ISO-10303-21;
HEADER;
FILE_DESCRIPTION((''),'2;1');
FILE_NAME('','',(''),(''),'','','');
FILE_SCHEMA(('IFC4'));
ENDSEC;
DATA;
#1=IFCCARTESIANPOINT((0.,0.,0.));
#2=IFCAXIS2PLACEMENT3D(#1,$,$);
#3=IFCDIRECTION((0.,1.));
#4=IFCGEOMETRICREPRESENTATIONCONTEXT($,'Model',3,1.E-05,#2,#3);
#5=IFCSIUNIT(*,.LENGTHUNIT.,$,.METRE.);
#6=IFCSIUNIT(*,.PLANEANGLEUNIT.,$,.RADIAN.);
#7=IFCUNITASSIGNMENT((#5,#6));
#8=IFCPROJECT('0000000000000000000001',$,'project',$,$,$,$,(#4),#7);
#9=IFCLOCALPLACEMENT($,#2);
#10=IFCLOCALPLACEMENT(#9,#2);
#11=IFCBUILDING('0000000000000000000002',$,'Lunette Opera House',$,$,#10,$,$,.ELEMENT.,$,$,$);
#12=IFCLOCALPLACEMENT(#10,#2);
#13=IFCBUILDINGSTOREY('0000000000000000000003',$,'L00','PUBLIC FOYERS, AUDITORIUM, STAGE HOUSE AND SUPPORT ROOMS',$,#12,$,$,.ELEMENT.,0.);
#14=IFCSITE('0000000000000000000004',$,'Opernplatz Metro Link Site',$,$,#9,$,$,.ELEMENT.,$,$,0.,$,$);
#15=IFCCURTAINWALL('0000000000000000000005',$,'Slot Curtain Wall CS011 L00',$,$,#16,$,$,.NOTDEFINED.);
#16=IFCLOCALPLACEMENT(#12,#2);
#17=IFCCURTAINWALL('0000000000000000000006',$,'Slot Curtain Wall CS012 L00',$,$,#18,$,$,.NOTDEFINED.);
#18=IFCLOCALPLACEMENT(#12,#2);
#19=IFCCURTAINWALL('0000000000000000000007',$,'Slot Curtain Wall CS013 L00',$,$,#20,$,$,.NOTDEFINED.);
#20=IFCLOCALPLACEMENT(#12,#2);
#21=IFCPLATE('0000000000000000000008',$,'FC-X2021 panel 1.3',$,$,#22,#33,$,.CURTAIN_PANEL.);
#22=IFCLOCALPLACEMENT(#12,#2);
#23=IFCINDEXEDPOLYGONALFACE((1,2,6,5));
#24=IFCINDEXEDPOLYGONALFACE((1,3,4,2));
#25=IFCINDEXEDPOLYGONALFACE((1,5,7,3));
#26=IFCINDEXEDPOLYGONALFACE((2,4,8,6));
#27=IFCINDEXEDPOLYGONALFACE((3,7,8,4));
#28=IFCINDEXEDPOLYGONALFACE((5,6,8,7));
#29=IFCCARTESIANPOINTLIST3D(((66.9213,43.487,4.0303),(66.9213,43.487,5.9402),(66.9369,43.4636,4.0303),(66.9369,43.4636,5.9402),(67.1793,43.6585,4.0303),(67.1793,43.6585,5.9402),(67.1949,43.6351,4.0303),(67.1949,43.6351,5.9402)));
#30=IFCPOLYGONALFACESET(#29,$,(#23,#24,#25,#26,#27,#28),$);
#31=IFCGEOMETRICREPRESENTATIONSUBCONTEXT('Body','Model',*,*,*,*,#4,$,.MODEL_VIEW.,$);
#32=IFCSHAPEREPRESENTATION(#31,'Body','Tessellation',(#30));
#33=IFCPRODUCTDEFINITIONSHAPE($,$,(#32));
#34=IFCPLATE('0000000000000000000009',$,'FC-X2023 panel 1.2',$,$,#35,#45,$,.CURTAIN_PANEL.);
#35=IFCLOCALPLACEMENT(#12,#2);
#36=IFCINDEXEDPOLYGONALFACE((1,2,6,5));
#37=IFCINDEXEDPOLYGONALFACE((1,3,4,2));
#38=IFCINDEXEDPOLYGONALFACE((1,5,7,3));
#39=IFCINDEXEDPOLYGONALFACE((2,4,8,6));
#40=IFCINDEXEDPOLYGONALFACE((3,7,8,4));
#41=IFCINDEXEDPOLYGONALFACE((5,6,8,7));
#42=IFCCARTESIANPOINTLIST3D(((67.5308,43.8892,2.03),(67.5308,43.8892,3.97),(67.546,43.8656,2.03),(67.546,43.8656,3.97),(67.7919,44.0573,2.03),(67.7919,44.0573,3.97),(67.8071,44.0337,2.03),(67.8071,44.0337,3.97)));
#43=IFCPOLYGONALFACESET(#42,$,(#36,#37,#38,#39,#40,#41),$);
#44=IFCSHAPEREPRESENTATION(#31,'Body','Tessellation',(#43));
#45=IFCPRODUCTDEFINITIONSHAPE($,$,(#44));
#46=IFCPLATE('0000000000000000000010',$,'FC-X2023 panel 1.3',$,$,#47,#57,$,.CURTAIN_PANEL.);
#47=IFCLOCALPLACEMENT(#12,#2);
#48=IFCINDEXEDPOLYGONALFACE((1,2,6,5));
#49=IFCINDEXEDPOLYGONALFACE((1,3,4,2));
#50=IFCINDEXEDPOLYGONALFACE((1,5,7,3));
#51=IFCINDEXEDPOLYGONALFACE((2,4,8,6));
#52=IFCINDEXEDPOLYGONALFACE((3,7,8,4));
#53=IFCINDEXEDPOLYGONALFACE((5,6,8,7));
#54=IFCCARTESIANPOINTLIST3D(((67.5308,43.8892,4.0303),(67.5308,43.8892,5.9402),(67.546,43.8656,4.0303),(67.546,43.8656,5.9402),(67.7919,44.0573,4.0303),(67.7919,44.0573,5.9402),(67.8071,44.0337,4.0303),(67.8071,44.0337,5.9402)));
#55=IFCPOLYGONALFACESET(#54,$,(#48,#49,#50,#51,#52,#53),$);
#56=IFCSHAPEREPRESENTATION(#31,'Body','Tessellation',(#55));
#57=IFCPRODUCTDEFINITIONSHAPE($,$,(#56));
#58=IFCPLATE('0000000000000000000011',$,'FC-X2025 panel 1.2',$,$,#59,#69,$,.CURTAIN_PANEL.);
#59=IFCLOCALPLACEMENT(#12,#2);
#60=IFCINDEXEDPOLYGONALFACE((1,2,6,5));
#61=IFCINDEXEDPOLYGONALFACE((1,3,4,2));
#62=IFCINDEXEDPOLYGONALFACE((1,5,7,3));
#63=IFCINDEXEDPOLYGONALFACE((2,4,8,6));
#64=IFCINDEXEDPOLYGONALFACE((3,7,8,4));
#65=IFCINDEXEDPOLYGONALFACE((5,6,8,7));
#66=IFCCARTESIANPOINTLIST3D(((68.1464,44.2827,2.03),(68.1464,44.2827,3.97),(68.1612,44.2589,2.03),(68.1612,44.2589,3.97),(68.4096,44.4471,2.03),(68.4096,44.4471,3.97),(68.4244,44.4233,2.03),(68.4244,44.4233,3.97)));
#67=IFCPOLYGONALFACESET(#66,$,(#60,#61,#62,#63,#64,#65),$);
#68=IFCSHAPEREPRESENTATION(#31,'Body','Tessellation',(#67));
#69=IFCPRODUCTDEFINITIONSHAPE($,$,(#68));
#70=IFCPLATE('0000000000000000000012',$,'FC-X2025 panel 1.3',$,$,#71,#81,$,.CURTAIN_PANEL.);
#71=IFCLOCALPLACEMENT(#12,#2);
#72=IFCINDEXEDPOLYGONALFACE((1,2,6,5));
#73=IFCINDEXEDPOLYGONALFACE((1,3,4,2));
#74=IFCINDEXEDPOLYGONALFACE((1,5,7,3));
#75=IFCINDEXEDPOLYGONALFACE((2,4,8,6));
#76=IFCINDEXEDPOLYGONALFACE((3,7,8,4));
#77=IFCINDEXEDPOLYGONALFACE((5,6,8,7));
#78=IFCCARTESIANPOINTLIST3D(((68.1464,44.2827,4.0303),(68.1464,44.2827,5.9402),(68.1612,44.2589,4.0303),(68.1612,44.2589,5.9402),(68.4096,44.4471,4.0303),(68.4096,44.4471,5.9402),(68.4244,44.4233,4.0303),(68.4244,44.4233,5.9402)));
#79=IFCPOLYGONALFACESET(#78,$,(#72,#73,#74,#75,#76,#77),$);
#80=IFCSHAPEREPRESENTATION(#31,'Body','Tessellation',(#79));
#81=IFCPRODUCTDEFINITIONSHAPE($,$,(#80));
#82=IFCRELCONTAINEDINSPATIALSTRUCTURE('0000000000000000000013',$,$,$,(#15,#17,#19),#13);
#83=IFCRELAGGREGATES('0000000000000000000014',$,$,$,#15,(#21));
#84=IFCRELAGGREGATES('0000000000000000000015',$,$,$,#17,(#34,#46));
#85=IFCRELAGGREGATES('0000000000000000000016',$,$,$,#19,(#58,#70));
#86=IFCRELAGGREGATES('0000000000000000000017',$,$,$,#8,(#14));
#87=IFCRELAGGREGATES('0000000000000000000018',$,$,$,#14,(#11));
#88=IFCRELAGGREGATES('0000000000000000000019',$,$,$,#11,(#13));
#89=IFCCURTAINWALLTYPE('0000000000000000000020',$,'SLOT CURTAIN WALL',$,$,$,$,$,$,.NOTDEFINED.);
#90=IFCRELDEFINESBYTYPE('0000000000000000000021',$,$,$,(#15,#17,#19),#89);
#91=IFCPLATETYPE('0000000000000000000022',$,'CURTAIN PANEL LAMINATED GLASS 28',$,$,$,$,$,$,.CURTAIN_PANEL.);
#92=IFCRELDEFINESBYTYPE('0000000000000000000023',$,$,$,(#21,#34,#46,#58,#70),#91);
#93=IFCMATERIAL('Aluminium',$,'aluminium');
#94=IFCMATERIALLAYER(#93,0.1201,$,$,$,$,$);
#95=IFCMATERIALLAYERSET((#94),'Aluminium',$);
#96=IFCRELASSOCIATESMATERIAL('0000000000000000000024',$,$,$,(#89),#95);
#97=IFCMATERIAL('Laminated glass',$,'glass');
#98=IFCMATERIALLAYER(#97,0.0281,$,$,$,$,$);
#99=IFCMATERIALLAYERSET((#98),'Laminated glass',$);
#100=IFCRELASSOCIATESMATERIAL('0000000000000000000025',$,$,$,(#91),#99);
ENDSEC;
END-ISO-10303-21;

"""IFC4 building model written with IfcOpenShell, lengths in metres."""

from ifc_helpers import new_model, si_unit, direction, frame, origin, origin_2d, place, context, subcontext, project, spatial, rectangle, extrude, material, layer, layer_set, type_object, element, aggregate, save


model = new_model("IFC4")

# Units and contexts
model_context = context("Model", 3, precision=1e-05, world=origin(), true_north=direction((0.0, 1.0)))
body_context = subcontext(model_context, "Body", "Model", "MODEL_VIEW")
ifc_project = project(units=[si_unit("LENGTHUNIT", "METRE"), si_unit("PLANEANGLEUNIT", "RADIAN")], contexts=[model_context])

# Site, building, storey
site_placement = place(None, origin())
site = spatial("IfcSite", under=ifc_project, at=site_placement, Name="Opernplatz Metro Link Site", CompositionType="ELEMENT", RefElevation=0.0)
building_placement = place(site_placement, origin())
building = spatial("IfcBuilding", under=site, at=building_placement, Name="Lunette Opera House", CompositionType="ELEMENT")
storey_placement = place(building_placement, origin())
storey = spatial("IfcBuildingStorey", under=building, at=storey_placement, Name="L00", Description="PUBLIC FOYERS, AUDITORIUM, STAGE HOUSE AND SUPPORT ROOMS", CompositionType="ELEMENT", Elevation=0.0)

# Curtain walls
ifc_material_1 = material(Name="Aluminium", Category="aluminium")
ifc_layer_1 = layer(ifc_material_1, 0.1201)
ifc_layer_set_1 = layer_set([ifc_layer_1], Name="Aluminium")
curtain_wall_type = type_object("IfcCurtainWallType", Name="SLOT CURTAIN WALL", PredefinedType="NOTDEFINED", material=ifc_layer_set_1)
curtain_wall_1_placement = place(storey_placement, origin())
curtain_wall_1 = element("IfcCurtainWall", 1, at=curtain_wall_1_placement, inside=storey, type_object=curtain_wall_type, Name="Slot Curtain Wall CS011 L00", PredefinedType="NOTDEFINED")
curtain_wall_2_placement = place(storey_placement, origin())
curtain_wall_2 = element("IfcCurtainWall", 2, at=curtain_wall_2_placement, inside=storey, type_object=curtain_wall_type, Name="Slot Curtain Wall CS012 L00", PredefinedType="NOTDEFINED")
curtain_wall_3_placement = place(storey_placement, origin())
curtain_wall_3 = element("IfcCurtainWall", 3, at=curtain_wall_3_placement, inside=storey, type_object=curtain_wall_type, Name="Slot Curtain Wall CS013 L00", PredefinedType="NOTDEFINED")

# Plates
ifc_material_2 = material(Name="Laminated glass", Category="glass")
ifc_layer_2 = layer(ifc_material_2, 0.0281)
ifc_layer_set_2 = layer_set([ifc_layer_2], Name="Laminated glass")
plate_type = type_object("IfcPlateType", Name="CURTAIN PANEL LAMINATED GLASS 28", PredefinedType="CURTAIN_PANEL", material=ifc_layer_set_2)
plate_1_placement = place(storey_placement, frame((67.0581, 43.561, 4.0303), z_axis=(0.0, 0.0, 1.0), x_axis=(0.832765, 0.553626, 0.0)))
plate_1 = element("IfcPlate", 4, at=plate_1_placement, type_object=plate_type, Name="FC-X2021 panel 1.3", PredefinedType="CURTAIN_PANEL", context=body_context, shape_type="SweptSolid", body=[
    extrude(rectangle(XDim=0.3098, YDim=0.0281, at=origin_2d()), origin(), (0.0, 0.0, 1.0), 1.9099),
])
aggregate(curtain_wall_1, [plate_1])
plate_2_placement = place(storey_placement, frame((67.6689, 43.9614, 2.03), z_axis=(0.0, 0.0, 1.0), x_axis=(0.840876, 0.541227, 0.0)))
plate_2 = element("IfcPlate", 5, at=plate_2_placement, type_object=plate_type, Name="FC-X2023 panel 1.2", PredefinedType="CURTAIN_PANEL", context=body_context, shape_type="SweptSolid", body=[
    extrude(rectangle(XDim=0.3105, YDim=0.0281, at=origin_2d()), origin(), (0.0, 0.0, 1.0), 1.9399),
])
plate_3_placement = place(storey_placement, frame((67.6689, 43.9614, 4.0303), z_axis=(0.0, 0.0, 1.0), x_axis=(0.840876, 0.541227, 0.0)))
plate_3 = element("IfcPlate", 6, at=plate_3_placement, type_object=plate_type, Name="FC-X2023 panel 1.3", PredefinedType="CURTAIN_PANEL", context=body_context, shape_type="SweptSolid", body=[
    extrude(rectangle(XDim=0.3105, YDim=0.0281, at=origin_2d()), origin(), (0.0, 0.0, 1.0), 1.9099),
])
aggregate(curtain_wall_2, [plate_2, plate_3])
plate_4_placement = place(storey_placement, frame((68.2854, 44.353, 2.03), z_axis=(0.0, 0.0, 1.0), x_axis=(0.848129, 0.52979, 0.0)))
plate_4 = element("IfcPlate", 7, at=plate_4_placement, type_object=plate_type, Name="FC-X2025 panel 1.2", PredefinedType="CURTAIN_PANEL", context=body_context, shape_type="SweptSolid", body=[
    extrude(rectangle(XDim=0.3103, YDim=0.0281, at=origin_2d()), origin(), (0.0, 0.0, 1.0), 1.9399),
])
plate_5_placement = place(storey_placement, frame((68.2854, 44.353, 4.0303), z_axis=(0.0, 0.0, 1.0), x_axis=(0.848129, 0.52979, 0.0)))
plate_5 = element("IfcPlate", 8, at=plate_5_placement, type_object=plate_type, Name="FC-X2025 panel 1.3", PredefinedType="CURTAIN_PANEL", context=body_context, shape_type="SweptSolid", body=[
    extrude(rectangle(XDim=0.3103, YDim=0.0281, at=origin_2d()), origin(), (0.0, 0.0, 1.0), 1.9099),
])
aggregate(curtain_wall_3, [plate_4, plate_5])

save(model, "model.ifc")
